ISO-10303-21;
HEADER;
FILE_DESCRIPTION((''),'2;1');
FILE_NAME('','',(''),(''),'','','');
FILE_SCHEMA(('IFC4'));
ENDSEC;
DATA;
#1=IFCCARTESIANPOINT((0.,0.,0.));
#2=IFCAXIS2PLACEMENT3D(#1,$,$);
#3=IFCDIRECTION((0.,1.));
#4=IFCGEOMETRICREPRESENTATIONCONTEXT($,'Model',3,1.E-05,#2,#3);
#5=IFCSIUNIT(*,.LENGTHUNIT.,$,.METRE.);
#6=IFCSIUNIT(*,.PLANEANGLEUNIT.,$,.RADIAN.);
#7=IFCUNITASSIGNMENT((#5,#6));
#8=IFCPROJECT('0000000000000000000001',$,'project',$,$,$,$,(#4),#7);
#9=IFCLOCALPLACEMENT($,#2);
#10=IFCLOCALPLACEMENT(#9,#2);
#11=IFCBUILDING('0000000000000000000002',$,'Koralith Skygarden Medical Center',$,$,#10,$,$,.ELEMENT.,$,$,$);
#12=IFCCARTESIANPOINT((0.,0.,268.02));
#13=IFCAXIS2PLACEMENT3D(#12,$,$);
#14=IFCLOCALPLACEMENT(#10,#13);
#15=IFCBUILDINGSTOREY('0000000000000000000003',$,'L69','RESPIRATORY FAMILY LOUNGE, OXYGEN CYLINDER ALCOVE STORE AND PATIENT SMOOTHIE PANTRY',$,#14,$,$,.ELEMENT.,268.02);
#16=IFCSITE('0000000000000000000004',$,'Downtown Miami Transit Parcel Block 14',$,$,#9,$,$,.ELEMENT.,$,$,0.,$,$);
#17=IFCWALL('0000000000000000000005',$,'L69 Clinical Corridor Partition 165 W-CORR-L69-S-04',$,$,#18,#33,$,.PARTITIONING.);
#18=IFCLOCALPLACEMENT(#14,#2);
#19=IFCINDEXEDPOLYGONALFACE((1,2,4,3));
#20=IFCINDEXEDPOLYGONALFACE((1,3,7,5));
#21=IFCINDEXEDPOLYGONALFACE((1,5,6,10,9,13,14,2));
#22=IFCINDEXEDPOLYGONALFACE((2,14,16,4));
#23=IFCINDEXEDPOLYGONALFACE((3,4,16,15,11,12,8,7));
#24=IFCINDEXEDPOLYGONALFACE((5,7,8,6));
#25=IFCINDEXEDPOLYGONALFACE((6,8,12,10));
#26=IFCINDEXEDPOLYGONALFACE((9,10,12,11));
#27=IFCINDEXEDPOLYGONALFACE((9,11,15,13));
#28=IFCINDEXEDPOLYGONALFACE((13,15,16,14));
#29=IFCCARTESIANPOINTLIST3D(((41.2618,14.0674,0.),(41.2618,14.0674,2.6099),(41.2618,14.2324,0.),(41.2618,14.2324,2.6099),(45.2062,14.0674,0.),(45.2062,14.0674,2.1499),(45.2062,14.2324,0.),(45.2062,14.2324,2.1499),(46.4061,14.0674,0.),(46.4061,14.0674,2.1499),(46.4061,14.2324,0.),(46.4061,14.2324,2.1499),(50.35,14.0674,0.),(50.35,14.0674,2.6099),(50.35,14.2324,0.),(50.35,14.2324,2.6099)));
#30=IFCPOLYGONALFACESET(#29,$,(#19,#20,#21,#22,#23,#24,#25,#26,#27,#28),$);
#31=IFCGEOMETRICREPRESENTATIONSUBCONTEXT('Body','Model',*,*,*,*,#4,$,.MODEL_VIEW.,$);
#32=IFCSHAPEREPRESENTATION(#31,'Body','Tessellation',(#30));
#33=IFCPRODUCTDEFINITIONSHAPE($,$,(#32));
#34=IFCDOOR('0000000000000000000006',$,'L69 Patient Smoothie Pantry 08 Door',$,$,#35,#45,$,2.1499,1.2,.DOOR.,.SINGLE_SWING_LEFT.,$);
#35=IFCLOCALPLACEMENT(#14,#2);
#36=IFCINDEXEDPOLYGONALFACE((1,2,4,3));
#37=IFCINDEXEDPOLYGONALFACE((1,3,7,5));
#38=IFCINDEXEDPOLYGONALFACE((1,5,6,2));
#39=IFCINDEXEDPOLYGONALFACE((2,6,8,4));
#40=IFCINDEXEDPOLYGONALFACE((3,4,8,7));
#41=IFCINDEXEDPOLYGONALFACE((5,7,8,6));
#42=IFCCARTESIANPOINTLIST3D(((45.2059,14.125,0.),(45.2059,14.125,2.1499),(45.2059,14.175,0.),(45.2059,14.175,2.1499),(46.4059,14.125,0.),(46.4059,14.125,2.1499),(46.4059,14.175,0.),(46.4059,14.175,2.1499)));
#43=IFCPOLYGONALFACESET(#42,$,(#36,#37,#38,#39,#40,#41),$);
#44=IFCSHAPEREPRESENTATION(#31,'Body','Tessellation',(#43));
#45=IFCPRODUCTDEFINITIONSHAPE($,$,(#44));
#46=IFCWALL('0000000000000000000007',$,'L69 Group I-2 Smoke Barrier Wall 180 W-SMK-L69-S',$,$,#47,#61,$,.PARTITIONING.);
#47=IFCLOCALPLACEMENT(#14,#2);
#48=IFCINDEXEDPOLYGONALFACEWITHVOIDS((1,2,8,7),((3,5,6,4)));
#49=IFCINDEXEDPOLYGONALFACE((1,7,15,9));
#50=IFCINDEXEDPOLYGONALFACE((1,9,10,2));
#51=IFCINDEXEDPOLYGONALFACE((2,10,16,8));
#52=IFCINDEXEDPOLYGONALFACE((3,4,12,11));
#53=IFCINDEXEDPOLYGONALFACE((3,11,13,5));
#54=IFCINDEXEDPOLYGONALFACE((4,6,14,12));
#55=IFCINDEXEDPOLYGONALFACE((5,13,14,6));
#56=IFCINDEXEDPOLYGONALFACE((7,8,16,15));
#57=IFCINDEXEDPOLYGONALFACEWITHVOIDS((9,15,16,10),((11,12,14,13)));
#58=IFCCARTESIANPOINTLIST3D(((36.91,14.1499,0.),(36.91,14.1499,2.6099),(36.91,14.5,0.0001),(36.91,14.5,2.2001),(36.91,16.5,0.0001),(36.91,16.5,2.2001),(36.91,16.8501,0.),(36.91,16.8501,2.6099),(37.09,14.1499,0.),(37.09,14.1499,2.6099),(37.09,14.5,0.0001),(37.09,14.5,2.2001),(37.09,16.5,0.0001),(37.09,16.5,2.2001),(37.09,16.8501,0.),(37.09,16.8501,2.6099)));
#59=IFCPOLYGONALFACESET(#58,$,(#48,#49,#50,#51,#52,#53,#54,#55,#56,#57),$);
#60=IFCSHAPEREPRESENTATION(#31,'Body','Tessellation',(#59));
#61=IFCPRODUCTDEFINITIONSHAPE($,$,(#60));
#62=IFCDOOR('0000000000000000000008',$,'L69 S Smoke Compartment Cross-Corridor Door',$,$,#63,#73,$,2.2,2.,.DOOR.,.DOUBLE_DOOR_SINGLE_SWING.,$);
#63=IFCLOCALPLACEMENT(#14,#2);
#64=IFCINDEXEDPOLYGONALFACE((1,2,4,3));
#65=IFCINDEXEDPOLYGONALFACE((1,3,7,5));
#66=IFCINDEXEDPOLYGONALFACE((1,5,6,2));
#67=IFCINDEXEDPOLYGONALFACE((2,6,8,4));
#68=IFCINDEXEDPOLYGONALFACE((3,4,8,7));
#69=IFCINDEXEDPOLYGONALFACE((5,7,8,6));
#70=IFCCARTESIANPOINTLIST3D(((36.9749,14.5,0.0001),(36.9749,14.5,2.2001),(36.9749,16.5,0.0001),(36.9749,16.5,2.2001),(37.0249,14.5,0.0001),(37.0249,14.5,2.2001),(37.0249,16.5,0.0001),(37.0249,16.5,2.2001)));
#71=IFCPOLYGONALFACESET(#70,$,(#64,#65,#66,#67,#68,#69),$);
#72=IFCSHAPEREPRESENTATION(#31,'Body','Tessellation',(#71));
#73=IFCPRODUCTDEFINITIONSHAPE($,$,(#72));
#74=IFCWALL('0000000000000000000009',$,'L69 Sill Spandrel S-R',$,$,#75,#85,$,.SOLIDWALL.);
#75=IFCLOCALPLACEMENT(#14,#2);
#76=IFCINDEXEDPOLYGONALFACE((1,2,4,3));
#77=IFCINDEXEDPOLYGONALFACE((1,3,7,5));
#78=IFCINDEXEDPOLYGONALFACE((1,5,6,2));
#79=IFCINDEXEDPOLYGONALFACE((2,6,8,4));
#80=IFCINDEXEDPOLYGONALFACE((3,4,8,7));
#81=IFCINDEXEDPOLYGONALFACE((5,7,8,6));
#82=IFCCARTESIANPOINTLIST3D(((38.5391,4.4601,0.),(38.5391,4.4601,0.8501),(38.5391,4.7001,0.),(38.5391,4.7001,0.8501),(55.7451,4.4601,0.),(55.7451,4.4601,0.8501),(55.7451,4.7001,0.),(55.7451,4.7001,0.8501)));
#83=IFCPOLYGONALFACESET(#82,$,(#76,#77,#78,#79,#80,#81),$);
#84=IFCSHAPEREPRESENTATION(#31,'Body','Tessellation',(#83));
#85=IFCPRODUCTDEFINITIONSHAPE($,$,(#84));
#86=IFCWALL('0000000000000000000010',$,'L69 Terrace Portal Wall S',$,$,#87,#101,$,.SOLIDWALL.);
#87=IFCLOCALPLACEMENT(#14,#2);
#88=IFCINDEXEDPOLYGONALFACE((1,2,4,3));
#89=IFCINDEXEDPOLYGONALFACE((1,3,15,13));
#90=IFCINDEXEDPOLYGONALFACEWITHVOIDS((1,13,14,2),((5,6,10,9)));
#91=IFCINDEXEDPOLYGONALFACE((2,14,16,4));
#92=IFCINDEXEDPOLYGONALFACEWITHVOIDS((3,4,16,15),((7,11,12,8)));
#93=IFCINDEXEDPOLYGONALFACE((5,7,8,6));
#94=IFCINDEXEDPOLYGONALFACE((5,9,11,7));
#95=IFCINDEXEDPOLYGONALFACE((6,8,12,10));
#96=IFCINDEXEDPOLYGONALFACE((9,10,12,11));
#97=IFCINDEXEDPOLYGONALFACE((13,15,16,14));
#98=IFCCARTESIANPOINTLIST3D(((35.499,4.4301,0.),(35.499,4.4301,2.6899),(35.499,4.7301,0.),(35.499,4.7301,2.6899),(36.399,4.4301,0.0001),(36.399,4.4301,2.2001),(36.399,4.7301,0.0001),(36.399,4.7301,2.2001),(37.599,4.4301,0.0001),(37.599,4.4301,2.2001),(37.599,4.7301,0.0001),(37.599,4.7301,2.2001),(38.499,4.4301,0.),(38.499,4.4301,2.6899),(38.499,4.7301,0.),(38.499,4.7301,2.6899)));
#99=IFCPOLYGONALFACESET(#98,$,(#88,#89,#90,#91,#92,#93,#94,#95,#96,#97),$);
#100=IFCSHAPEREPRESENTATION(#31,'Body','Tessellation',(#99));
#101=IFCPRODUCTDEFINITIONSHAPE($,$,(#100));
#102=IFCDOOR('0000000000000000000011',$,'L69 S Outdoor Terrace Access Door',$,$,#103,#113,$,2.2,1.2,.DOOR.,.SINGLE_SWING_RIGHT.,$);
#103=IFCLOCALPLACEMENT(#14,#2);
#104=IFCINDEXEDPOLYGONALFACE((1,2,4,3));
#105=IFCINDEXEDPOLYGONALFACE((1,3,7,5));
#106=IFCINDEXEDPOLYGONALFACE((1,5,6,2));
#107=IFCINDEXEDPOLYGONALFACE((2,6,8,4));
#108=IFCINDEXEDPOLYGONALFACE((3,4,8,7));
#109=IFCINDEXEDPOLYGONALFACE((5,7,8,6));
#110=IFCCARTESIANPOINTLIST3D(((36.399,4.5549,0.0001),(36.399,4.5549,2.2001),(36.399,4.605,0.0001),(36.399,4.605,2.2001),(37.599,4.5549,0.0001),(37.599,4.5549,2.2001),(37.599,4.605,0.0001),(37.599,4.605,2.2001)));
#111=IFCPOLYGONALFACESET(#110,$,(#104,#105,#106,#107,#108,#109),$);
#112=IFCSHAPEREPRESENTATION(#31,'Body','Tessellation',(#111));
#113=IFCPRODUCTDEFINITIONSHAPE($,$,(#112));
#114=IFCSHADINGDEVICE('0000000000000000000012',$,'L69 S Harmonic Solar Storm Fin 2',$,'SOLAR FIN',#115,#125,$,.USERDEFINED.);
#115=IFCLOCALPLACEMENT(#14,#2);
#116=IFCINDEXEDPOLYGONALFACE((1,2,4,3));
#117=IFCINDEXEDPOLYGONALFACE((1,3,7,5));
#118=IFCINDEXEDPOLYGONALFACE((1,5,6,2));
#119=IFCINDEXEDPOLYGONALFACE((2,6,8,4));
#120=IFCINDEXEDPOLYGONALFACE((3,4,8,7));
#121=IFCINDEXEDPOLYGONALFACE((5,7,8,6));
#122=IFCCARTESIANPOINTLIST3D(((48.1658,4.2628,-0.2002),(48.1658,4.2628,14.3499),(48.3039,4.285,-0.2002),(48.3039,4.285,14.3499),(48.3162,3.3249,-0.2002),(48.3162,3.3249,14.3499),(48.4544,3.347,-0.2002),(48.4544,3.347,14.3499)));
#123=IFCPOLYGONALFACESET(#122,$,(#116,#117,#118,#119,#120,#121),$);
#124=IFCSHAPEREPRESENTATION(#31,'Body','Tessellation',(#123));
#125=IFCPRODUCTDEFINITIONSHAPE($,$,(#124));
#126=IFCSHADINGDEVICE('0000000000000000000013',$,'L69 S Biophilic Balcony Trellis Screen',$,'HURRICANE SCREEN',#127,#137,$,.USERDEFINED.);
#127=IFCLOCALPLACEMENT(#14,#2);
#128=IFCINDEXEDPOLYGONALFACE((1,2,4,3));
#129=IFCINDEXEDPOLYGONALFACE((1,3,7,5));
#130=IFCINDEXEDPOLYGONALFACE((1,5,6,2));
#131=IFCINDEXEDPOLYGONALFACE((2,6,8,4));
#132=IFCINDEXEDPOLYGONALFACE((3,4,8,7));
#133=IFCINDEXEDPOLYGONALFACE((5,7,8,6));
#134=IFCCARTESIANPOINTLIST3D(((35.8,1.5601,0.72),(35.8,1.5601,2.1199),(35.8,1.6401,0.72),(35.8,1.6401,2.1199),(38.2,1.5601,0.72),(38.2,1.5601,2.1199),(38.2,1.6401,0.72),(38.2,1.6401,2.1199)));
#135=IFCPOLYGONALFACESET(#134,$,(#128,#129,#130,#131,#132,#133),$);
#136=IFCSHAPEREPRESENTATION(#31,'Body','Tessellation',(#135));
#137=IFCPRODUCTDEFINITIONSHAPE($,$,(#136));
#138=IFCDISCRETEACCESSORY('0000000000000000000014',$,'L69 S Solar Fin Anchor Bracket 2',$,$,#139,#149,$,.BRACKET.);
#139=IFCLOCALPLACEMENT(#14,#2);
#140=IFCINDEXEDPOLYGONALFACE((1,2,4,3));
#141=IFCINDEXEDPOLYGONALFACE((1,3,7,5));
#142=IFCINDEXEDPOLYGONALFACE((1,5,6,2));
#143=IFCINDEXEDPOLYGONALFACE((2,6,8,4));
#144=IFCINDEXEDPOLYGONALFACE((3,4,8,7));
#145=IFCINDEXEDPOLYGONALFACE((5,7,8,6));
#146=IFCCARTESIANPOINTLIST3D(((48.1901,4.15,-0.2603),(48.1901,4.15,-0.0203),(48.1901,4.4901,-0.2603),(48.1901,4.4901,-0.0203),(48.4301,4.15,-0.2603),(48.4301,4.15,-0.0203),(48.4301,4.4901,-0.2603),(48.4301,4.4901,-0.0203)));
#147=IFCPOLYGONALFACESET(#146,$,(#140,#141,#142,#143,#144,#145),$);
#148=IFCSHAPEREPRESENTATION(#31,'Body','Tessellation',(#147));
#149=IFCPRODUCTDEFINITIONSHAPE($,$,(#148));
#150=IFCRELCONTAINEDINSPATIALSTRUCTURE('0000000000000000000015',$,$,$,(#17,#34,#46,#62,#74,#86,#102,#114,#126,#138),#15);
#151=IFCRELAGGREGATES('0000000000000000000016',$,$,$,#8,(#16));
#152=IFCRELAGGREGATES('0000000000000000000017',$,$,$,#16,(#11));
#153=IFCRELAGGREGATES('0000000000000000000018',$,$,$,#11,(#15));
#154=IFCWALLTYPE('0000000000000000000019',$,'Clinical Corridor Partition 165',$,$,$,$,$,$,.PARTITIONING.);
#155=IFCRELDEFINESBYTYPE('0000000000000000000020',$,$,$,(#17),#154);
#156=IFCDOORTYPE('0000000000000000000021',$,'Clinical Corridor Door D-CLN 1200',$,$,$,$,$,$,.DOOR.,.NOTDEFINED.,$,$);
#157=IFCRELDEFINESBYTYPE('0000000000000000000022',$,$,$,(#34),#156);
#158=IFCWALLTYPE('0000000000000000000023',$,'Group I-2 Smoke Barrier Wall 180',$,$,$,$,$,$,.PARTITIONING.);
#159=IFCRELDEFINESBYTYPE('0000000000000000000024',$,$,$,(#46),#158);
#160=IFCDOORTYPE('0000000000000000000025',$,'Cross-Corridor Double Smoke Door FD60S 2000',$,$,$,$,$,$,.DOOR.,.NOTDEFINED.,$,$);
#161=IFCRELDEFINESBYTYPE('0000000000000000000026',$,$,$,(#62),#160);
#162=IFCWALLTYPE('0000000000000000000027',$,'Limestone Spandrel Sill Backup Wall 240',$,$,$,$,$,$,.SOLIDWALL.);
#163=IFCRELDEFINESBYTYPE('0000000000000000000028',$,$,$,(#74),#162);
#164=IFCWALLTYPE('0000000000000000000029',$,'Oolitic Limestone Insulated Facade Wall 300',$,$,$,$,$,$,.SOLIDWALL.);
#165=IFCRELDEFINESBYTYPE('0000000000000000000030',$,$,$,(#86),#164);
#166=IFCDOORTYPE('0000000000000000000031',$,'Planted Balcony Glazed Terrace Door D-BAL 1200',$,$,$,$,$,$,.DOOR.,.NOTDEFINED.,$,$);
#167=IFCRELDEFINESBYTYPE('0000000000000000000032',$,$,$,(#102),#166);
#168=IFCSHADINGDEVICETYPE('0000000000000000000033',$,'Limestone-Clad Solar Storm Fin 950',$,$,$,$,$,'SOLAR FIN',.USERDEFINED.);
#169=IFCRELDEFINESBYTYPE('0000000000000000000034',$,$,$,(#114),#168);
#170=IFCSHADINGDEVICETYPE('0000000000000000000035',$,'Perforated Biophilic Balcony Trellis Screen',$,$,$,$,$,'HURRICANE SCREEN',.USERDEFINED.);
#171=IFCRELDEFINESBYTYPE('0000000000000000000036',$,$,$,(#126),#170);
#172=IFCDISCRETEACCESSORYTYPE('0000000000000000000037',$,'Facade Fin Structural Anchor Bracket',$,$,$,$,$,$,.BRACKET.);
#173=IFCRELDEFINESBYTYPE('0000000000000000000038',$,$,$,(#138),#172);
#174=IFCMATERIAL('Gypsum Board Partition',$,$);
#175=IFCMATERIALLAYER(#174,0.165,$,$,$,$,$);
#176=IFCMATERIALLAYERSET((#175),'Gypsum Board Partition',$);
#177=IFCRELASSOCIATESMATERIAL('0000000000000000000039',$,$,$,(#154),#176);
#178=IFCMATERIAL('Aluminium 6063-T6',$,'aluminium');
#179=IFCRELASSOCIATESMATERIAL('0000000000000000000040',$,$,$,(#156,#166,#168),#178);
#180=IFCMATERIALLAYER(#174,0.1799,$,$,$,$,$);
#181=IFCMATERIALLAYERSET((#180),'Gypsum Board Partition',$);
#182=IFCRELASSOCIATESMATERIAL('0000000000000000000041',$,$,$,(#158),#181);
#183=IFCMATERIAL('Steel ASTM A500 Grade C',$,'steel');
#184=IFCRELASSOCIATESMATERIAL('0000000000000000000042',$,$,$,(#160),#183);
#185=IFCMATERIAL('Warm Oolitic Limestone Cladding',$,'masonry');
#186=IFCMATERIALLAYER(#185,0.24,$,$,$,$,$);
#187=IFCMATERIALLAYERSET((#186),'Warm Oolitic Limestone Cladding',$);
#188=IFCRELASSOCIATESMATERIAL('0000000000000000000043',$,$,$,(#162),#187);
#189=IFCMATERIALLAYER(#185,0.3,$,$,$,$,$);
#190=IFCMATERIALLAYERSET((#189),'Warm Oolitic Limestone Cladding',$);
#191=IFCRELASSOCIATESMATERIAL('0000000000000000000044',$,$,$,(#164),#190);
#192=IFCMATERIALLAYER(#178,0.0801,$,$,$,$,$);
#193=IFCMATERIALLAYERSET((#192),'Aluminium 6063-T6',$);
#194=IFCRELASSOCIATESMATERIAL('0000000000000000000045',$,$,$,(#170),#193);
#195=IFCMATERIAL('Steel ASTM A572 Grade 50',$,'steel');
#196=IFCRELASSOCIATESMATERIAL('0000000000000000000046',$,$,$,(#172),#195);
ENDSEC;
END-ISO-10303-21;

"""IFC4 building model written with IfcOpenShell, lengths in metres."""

from ifc_helpers import new_model, si_unit, direction, frame, frame_2d, origin, origin_2d, place, context, subcontext, project, spatial, rectangle, extrude, material, layer, layer_set, type_object, element, fill, save


model = new_model("IFC4")

# Units and contexts
model_context = context("Model", 3, precision=1e-05, world=origin(), true_north=direction((0.0, 1.0)))
body_context = subcontext(model_context, "Body", "Model", "MODEL_VIEW")
ifc_project = project(units=[si_unit("LENGTHUNIT", "METRE"), si_unit("PLANEANGLEUNIT", "RADIAN")], contexts=[model_context])

# Site, building, storey
site_placement = place(None, origin())
site = spatial("IfcSite", under=ifc_project, at=site_placement, Name="Downtown Miami Transit Parcel Block 14", CompositionType="ELEMENT", RefElevation=0.0)
building_placement = place(site_placement, origin())
building = spatial("IfcBuilding", under=site, at=building_placement, Name="Koralith Skygarden Medical Center", CompositionType="ELEMENT")
storey_placement = place(building_placement, frame((0.0, 0.0, 268.02)))
storey = spatial("IfcBuildingStorey", under=building, at=storey_placement, Name="L69", Description="RESPIRATORY FAMILY LOUNGE, OXYGEN CYLINDER ALCOVE STORE AND PATIENT SMOOTHIE PANTRY", CompositionType="ELEMENT", Elevation=268.02)

# Shared definitions
ifc_material_1 = material(Name="Aluminium 6063-T6", Category="aluminium")

# Shared definitions
ifc_material_2 = material(Name="Gypsum Board Partition")

# Walls, openings, doors
ifc_layer_1 = layer(ifc_material_2, 0.165)
ifc_layer_set_1 = layer_set([ifc_layer_1], Name="Gypsum Board Partition")
wall_type_1 = type_object("IfcWallType", Name="Clinical Corridor Partition 165", PredefinedType="PARTITIONING", material=ifc_layer_set_1)
wall_1_placement = place(storey_placement, frame((41.262, 14.1499, 0.0), z_axis=(0.0, 0.0, 1.0), x_axis=(1.0, 0.0, 0.0)))
wall_1 = element("IfcWall", 1, at=wall_1_placement, inside=storey, type_object=wall_type_1, Name="L69 Clinical Corridor Partition 165 W-CORR-L69-S-04", PredefinedType="PARTITIONING", context=body_context, shape_type="SweptSolid", body=[
    extrude(rectangle(XDim=9.0881, YDim=0.165, at=frame_2d((4.5439, 0.0))), origin(), (0.0, 0.0, 1.0), 2.6099),
])
opening_1_placement = place(wall_1_placement, frame((3.9441, 0.0, 0.0)))
opening_1 = element("IfcOpeningElement", 2, at=opening_1_placement, cuts=wall_1, PredefinedType="OPENING", context=body_context, shape_type="SweptSolid", body=[
    extrude(rectangle(XDim=1.2, YDim=2.1499, at=frame_2d((0.6001, 1.075))), frame((0.0, 0.0925, 0.0), z_axis=(0.0, -1.0, 0.0), x_axis=(1.0, 0.0, 0.0)), (0.0, 0.0, 1.0), 0.1851),
])
door_type_1 = type_object("IfcDoorType", Name="Clinical Corridor Door D-CLN 1200", OperationType="NOTDEFINED", PredefinedType="DOOR", material=ifc_material_1)
door_1_placement = place(opening_1_placement, frame((1.2, 0.0, 0.0), z_axis=(0.0, 0.0, 1.0), x_axis=(-1.0, 0.0, 0.0)))
door_1 = element("IfcDoor", 3, at=door_1_placement, inside=storey, type_object=door_type_1, Name="L69 Patient Smoothie Pantry 08 Door", OperationType="SINGLE_SWING_LEFT", OverallHeight=2.1499, OverallWidth=1.2, PredefinedType="DOOR", context=body_context, shape_type="SweptSolid", body=[
    extrude(rectangle(XDim=1.2, YDim=2.1499, at=frame_2d((0.6001, 1.075))), frame((0.0, 0.0249, 0.0), z_axis=(0.0, -1.0, 0.0), x_axis=(1.0, 0.0, 0.0)), (0.0, 0.0, 1.0), 0.05),
])
fill(opening_1, door_1)
ifc_layer_2 = layer(ifc_material_2, 0.1799)
ifc_layer_set_2 = layer_set([ifc_layer_2], Name="Gypsum Board Partition")
wall_type_2 = type_object("IfcWallType", Name="Group I-2 Smoke Barrier Wall 180", PredefinedType="PARTITIONING", material=ifc_layer_set_2)
wall_2_placement = place(storey_placement, frame((37.0, 14.1499, 0.0), z_axis=(0.0, 0.0, 1.0), x_axis=(0.0, 1.0, 0.0)))
wall_2 = element("IfcWall", 4, at=wall_2_placement, inside=storey, type_object=wall_type_2, Name="L69 Group I-2 Smoke Barrier Wall 180 W-SMK-L69-S", PredefinedType="PARTITIONING", context=body_context, shape_type="SweptSolid", body=[
    extrude(rectangle(XDim=2.7002, YDim=0.1799, at=frame_2d((1.3501, 0.0))), origin(), (0.0, 0.0, 1.0), 2.6099),
])
opening_2_placement = place(wall_2_placement, frame((0.3501, 0.0, 0.0)))
opening_2 = element("IfcOpeningElement", 5, at=opening_2_placement, cuts=wall_2, PredefinedType="OPENING", context=body_context, shape_type="SweptSolid", body=[
    extrude(rectangle(XDim=2.0, YDim=2.2, at=frame_2d((1.0, 1.1001))), frame((0.0, 0.0999, 0.0), z_axis=(0.0, -1.0, 0.0), x_axis=(1.0, 0.0, 0.0)), (0.0, 0.0, 1.0), 0.2),
])
ifc_material_3 = material(Name="Steel ASTM A500 Grade C", Category="steel")
door_type_2 = type_object("IfcDoorType", Name="Cross-Corridor Double Smoke Door FD60S 2000", OperationType="NOTDEFINED", PredefinedType="DOOR", material=ifc_material_3)
door_2_placement = place(opening_2_placement, frame((2.0, 0.0, 0.0), z_axis=(0.0, 0.0, 1.0), x_axis=(-1.0, 0.0, 0.0)))
door_2 = element("IfcDoor", 6, at=door_2_placement, inside=storey, type_object=door_type_2, Name="L69 S Smoke Compartment Cross-Corridor Door", OperationType="DOUBLE_DOOR_SINGLE_SWING", OverallHeight=2.2, OverallWidth=2.0, PredefinedType="DOOR", context=body_context, shape_type="SweptSolid", body=[
    extrude(rectangle(XDim=2.0, YDim=2.2, at=frame_2d((1.0, 1.1001))), frame((0.0, 0.0249, 0.0), z_axis=(0.0, -1.0, 0.0), x_axis=(1.0, 0.0, 0.0)), (0.0, 0.0, 1.0), 0.05),
])
fill(opening_2, door_2)

# Wall
ifc_material_4 = material(Name="Warm Oolitic Limestone Cladding", Category="masonry")
ifc_layer_3 = layer(ifc_material_4, 0.24)
ifc_layer_set_3 = layer_set([ifc_layer_3], Name="Warm Oolitic Limestone Cladding")
wall_type_3 = type_object("IfcWallType", Name="Limestone Spandrel Sill Backup Wall 240", PredefinedType="SOLIDWALL", material=ifc_layer_set_3)
wall_3_placement = place(storey_placement, frame((38.5391, 4.5801, 0.0), z_axis=(0.0, 0.0, 1.0), x_axis=(1.0, 0.0, 0.0)))
element("IfcWall", 7, at=wall_3_placement, inside=storey, type_object=wall_type_3, Name="L69 Sill Spandrel S-R", PredefinedType="SOLIDWALL", context=body_context, shape_type="SweptSolid", body=[
    extrude(rectangle(XDim=17.2061, YDim=0.24, at=frame_2d((8.603, 0.0))), origin(), (0.0, 0.0, 1.0), 0.8501),
])

# Wall, opening, door
ifc_layer_4 = layer(ifc_material_4, 0.3)
ifc_layer_set_4 = layer_set([ifc_layer_4], Name="Warm Oolitic Limestone Cladding")
wall_type_4 = type_object("IfcWallType", Name="Oolitic Limestone Insulated Facade Wall 300", PredefinedType="SOLIDWALL", material=ifc_layer_set_4)
wall_4_placement = place(storey_placement, frame((35.499, 4.5801, 0.0), z_axis=(0.0, 0.0, 1.0), x_axis=(1.0, 0.0, 0.0)))
wall_4 = element("IfcWall", 8, at=wall_4_placement, inside=storey, type_object=wall_type_4, Name="L69 Terrace Portal Wall S", PredefinedType="SOLIDWALL", context=body_context, shape_type="SweptSolid", body=[
    extrude(rectangle(XDim=3.0, YDim=0.3, at=frame_2d((1.5, 0.0))), origin(), (0.0, 0.0, 1.0), 2.6899),
])
opening_3_placement = place(wall_4_placement, frame((0.8999, 0.0, 0.0)))
opening_3 = element("IfcOpeningElement", 9, at=opening_3_placement, cuts=wall_4, PredefinedType="OPENING", context=body_context, shape_type="SweptSolid", body=[
    extrude(rectangle(XDim=1.2, YDim=2.2, at=frame_2d((0.6001, 1.1001))), frame((0.0, 0.1599, 0.0), z_axis=(0.0, -1.0, 0.0), x_axis=(1.0, 0.0, 0.0)), (0.0, 0.0, 1.0), 0.3201),
])
door_type_3 = type_object("IfcDoorType", Name="Planted Balcony Glazed Terrace Door D-BAL 1200", OperationType="NOTDEFINED", PredefinedType="DOOR", material=ifc_material_1)
door_3_placement = place(opening_3_placement, origin())
door_3 = element("IfcDoor", 10, at=door_3_placement, inside=storey, type_object=door_type_3, Name="L69 S Outdoor Terrace Access Door", OperationType="SINGLE_SWING_RIGHT", OverallHeight=2.2, OverallWidth=1.2, PredefinedType="DOOR", context=body_context, shape_type="SweptSolid", body=[
    extrude(rectangle(XDim=1.2, YDim=2.2, at=frame_2d((0.6001, 1.1001))), frame((0.0, 0.0249, 0.0), z_axis=(0.0, -1.0, 0.0), x_axis=(1.0, 0.0, 0.0)), (0.0, 0.0, 1.0), 0.05),
])
fill(opening_3, door_3)

# Shading devices
shading_device_type_1 = type_object("IfcShadingDeviceType", Name="Limestone-Clad Solar Storm Fin 950", ElementType="SOLAR FIN", PredefinedType="USERDEFINED", material=ifc_material_1)
shading_device_1_placement = place(storey_placement, frame((48.3101, 3.8049, -0.2002), z_axis=(0.0, 0.0, 1.0), x_axis=(0.158399, -0.987375, 0.0)))
element("IfcShadingDevice", 11, at=shading_device_1_placement, inside=storey, type_object=shading_device_type_1, Name="L69 S Harmonic Solar Storm Fin 2", ObjectType="SOLAR FIN", PredefinedType="USERDEFINED", context=body_context, shape_type="SweptSolid", body=[
    extrude(rectangle(XDim=0.95, YDim=0.1399, at=origin_2d()), origin(), (0.0, 0.0, 1.0), 14.55),
])
ifc_layer_5 = layer(ifc_material_1, 0.0801)
ifc_layer_set_5 = layer_set([ifc_layer_5], Name="Aluminium 6063-T6")
shading_device_type_2 = type_object("IfcShadingDeviceType", Name="Perforated Biophilic Balcony Trellis Screen", ElementType="HURRICANE SCREEN", PredefinedType="USERDEFINED", material=ifc_layer_set_5)
shading_device_2_placement = place(storey_placement, frame((37.0, 1.6001, 0.72), z_axis=(0.0, 0.0, 1.0), x_axis=(1.0, 0.0, 0.0)))
element("IfcShadingDevice", 12, at=shading_device_2_placement, inside=storey, type_object=shading_device_type_2, Name="L69 S Biophilic Balcony Trellis Screen", ObjectType="HURRICANE SCREEN", PredefinedType="USERDEFINED", context=body_context, shape_type="SweptSolid", body=[
    extrude(rectangle(XDim=2.3999, YDim=0.0801, at=origin_2d()), origin(), (0.0, 0.0, 1.0), 1.3999),
])

# Discrete accessory
ifc_material_5 = material(Name="Steel ASTM A572 Grade 50", Category="steel")
discrete_accessory_type = type_object("IfcDiscreteAccessoryType", Name="Facade Fin Structural Anchor Bracket", PredefinedType="BRACKET", material=ifc_material_5)
discrete_accessory_placement = place(storey_placement, frame((48.3101, 4.3201, -0.2603), z_axis=(0.0, 0.0, 1.0), x_axis=(0.0, -1.0, 0.0)))
element("IfcDiscreteAccessory", 13, at=discrete_accessory_placement, inside=storey, type_object=discrete_accessory_type, Name="L69 S Solar Fin Anchor Bracket 2", PredefinedType="BRACKET", context=body_context, shape_type="SweptSolid", body=[
    extrude(rectangle(XDim=0.3401, YDim=0.24, at=origin_2d()), origin(), (0.0, 0.0, 1.0), 0.24),
])

save(model, "model.ifc")
